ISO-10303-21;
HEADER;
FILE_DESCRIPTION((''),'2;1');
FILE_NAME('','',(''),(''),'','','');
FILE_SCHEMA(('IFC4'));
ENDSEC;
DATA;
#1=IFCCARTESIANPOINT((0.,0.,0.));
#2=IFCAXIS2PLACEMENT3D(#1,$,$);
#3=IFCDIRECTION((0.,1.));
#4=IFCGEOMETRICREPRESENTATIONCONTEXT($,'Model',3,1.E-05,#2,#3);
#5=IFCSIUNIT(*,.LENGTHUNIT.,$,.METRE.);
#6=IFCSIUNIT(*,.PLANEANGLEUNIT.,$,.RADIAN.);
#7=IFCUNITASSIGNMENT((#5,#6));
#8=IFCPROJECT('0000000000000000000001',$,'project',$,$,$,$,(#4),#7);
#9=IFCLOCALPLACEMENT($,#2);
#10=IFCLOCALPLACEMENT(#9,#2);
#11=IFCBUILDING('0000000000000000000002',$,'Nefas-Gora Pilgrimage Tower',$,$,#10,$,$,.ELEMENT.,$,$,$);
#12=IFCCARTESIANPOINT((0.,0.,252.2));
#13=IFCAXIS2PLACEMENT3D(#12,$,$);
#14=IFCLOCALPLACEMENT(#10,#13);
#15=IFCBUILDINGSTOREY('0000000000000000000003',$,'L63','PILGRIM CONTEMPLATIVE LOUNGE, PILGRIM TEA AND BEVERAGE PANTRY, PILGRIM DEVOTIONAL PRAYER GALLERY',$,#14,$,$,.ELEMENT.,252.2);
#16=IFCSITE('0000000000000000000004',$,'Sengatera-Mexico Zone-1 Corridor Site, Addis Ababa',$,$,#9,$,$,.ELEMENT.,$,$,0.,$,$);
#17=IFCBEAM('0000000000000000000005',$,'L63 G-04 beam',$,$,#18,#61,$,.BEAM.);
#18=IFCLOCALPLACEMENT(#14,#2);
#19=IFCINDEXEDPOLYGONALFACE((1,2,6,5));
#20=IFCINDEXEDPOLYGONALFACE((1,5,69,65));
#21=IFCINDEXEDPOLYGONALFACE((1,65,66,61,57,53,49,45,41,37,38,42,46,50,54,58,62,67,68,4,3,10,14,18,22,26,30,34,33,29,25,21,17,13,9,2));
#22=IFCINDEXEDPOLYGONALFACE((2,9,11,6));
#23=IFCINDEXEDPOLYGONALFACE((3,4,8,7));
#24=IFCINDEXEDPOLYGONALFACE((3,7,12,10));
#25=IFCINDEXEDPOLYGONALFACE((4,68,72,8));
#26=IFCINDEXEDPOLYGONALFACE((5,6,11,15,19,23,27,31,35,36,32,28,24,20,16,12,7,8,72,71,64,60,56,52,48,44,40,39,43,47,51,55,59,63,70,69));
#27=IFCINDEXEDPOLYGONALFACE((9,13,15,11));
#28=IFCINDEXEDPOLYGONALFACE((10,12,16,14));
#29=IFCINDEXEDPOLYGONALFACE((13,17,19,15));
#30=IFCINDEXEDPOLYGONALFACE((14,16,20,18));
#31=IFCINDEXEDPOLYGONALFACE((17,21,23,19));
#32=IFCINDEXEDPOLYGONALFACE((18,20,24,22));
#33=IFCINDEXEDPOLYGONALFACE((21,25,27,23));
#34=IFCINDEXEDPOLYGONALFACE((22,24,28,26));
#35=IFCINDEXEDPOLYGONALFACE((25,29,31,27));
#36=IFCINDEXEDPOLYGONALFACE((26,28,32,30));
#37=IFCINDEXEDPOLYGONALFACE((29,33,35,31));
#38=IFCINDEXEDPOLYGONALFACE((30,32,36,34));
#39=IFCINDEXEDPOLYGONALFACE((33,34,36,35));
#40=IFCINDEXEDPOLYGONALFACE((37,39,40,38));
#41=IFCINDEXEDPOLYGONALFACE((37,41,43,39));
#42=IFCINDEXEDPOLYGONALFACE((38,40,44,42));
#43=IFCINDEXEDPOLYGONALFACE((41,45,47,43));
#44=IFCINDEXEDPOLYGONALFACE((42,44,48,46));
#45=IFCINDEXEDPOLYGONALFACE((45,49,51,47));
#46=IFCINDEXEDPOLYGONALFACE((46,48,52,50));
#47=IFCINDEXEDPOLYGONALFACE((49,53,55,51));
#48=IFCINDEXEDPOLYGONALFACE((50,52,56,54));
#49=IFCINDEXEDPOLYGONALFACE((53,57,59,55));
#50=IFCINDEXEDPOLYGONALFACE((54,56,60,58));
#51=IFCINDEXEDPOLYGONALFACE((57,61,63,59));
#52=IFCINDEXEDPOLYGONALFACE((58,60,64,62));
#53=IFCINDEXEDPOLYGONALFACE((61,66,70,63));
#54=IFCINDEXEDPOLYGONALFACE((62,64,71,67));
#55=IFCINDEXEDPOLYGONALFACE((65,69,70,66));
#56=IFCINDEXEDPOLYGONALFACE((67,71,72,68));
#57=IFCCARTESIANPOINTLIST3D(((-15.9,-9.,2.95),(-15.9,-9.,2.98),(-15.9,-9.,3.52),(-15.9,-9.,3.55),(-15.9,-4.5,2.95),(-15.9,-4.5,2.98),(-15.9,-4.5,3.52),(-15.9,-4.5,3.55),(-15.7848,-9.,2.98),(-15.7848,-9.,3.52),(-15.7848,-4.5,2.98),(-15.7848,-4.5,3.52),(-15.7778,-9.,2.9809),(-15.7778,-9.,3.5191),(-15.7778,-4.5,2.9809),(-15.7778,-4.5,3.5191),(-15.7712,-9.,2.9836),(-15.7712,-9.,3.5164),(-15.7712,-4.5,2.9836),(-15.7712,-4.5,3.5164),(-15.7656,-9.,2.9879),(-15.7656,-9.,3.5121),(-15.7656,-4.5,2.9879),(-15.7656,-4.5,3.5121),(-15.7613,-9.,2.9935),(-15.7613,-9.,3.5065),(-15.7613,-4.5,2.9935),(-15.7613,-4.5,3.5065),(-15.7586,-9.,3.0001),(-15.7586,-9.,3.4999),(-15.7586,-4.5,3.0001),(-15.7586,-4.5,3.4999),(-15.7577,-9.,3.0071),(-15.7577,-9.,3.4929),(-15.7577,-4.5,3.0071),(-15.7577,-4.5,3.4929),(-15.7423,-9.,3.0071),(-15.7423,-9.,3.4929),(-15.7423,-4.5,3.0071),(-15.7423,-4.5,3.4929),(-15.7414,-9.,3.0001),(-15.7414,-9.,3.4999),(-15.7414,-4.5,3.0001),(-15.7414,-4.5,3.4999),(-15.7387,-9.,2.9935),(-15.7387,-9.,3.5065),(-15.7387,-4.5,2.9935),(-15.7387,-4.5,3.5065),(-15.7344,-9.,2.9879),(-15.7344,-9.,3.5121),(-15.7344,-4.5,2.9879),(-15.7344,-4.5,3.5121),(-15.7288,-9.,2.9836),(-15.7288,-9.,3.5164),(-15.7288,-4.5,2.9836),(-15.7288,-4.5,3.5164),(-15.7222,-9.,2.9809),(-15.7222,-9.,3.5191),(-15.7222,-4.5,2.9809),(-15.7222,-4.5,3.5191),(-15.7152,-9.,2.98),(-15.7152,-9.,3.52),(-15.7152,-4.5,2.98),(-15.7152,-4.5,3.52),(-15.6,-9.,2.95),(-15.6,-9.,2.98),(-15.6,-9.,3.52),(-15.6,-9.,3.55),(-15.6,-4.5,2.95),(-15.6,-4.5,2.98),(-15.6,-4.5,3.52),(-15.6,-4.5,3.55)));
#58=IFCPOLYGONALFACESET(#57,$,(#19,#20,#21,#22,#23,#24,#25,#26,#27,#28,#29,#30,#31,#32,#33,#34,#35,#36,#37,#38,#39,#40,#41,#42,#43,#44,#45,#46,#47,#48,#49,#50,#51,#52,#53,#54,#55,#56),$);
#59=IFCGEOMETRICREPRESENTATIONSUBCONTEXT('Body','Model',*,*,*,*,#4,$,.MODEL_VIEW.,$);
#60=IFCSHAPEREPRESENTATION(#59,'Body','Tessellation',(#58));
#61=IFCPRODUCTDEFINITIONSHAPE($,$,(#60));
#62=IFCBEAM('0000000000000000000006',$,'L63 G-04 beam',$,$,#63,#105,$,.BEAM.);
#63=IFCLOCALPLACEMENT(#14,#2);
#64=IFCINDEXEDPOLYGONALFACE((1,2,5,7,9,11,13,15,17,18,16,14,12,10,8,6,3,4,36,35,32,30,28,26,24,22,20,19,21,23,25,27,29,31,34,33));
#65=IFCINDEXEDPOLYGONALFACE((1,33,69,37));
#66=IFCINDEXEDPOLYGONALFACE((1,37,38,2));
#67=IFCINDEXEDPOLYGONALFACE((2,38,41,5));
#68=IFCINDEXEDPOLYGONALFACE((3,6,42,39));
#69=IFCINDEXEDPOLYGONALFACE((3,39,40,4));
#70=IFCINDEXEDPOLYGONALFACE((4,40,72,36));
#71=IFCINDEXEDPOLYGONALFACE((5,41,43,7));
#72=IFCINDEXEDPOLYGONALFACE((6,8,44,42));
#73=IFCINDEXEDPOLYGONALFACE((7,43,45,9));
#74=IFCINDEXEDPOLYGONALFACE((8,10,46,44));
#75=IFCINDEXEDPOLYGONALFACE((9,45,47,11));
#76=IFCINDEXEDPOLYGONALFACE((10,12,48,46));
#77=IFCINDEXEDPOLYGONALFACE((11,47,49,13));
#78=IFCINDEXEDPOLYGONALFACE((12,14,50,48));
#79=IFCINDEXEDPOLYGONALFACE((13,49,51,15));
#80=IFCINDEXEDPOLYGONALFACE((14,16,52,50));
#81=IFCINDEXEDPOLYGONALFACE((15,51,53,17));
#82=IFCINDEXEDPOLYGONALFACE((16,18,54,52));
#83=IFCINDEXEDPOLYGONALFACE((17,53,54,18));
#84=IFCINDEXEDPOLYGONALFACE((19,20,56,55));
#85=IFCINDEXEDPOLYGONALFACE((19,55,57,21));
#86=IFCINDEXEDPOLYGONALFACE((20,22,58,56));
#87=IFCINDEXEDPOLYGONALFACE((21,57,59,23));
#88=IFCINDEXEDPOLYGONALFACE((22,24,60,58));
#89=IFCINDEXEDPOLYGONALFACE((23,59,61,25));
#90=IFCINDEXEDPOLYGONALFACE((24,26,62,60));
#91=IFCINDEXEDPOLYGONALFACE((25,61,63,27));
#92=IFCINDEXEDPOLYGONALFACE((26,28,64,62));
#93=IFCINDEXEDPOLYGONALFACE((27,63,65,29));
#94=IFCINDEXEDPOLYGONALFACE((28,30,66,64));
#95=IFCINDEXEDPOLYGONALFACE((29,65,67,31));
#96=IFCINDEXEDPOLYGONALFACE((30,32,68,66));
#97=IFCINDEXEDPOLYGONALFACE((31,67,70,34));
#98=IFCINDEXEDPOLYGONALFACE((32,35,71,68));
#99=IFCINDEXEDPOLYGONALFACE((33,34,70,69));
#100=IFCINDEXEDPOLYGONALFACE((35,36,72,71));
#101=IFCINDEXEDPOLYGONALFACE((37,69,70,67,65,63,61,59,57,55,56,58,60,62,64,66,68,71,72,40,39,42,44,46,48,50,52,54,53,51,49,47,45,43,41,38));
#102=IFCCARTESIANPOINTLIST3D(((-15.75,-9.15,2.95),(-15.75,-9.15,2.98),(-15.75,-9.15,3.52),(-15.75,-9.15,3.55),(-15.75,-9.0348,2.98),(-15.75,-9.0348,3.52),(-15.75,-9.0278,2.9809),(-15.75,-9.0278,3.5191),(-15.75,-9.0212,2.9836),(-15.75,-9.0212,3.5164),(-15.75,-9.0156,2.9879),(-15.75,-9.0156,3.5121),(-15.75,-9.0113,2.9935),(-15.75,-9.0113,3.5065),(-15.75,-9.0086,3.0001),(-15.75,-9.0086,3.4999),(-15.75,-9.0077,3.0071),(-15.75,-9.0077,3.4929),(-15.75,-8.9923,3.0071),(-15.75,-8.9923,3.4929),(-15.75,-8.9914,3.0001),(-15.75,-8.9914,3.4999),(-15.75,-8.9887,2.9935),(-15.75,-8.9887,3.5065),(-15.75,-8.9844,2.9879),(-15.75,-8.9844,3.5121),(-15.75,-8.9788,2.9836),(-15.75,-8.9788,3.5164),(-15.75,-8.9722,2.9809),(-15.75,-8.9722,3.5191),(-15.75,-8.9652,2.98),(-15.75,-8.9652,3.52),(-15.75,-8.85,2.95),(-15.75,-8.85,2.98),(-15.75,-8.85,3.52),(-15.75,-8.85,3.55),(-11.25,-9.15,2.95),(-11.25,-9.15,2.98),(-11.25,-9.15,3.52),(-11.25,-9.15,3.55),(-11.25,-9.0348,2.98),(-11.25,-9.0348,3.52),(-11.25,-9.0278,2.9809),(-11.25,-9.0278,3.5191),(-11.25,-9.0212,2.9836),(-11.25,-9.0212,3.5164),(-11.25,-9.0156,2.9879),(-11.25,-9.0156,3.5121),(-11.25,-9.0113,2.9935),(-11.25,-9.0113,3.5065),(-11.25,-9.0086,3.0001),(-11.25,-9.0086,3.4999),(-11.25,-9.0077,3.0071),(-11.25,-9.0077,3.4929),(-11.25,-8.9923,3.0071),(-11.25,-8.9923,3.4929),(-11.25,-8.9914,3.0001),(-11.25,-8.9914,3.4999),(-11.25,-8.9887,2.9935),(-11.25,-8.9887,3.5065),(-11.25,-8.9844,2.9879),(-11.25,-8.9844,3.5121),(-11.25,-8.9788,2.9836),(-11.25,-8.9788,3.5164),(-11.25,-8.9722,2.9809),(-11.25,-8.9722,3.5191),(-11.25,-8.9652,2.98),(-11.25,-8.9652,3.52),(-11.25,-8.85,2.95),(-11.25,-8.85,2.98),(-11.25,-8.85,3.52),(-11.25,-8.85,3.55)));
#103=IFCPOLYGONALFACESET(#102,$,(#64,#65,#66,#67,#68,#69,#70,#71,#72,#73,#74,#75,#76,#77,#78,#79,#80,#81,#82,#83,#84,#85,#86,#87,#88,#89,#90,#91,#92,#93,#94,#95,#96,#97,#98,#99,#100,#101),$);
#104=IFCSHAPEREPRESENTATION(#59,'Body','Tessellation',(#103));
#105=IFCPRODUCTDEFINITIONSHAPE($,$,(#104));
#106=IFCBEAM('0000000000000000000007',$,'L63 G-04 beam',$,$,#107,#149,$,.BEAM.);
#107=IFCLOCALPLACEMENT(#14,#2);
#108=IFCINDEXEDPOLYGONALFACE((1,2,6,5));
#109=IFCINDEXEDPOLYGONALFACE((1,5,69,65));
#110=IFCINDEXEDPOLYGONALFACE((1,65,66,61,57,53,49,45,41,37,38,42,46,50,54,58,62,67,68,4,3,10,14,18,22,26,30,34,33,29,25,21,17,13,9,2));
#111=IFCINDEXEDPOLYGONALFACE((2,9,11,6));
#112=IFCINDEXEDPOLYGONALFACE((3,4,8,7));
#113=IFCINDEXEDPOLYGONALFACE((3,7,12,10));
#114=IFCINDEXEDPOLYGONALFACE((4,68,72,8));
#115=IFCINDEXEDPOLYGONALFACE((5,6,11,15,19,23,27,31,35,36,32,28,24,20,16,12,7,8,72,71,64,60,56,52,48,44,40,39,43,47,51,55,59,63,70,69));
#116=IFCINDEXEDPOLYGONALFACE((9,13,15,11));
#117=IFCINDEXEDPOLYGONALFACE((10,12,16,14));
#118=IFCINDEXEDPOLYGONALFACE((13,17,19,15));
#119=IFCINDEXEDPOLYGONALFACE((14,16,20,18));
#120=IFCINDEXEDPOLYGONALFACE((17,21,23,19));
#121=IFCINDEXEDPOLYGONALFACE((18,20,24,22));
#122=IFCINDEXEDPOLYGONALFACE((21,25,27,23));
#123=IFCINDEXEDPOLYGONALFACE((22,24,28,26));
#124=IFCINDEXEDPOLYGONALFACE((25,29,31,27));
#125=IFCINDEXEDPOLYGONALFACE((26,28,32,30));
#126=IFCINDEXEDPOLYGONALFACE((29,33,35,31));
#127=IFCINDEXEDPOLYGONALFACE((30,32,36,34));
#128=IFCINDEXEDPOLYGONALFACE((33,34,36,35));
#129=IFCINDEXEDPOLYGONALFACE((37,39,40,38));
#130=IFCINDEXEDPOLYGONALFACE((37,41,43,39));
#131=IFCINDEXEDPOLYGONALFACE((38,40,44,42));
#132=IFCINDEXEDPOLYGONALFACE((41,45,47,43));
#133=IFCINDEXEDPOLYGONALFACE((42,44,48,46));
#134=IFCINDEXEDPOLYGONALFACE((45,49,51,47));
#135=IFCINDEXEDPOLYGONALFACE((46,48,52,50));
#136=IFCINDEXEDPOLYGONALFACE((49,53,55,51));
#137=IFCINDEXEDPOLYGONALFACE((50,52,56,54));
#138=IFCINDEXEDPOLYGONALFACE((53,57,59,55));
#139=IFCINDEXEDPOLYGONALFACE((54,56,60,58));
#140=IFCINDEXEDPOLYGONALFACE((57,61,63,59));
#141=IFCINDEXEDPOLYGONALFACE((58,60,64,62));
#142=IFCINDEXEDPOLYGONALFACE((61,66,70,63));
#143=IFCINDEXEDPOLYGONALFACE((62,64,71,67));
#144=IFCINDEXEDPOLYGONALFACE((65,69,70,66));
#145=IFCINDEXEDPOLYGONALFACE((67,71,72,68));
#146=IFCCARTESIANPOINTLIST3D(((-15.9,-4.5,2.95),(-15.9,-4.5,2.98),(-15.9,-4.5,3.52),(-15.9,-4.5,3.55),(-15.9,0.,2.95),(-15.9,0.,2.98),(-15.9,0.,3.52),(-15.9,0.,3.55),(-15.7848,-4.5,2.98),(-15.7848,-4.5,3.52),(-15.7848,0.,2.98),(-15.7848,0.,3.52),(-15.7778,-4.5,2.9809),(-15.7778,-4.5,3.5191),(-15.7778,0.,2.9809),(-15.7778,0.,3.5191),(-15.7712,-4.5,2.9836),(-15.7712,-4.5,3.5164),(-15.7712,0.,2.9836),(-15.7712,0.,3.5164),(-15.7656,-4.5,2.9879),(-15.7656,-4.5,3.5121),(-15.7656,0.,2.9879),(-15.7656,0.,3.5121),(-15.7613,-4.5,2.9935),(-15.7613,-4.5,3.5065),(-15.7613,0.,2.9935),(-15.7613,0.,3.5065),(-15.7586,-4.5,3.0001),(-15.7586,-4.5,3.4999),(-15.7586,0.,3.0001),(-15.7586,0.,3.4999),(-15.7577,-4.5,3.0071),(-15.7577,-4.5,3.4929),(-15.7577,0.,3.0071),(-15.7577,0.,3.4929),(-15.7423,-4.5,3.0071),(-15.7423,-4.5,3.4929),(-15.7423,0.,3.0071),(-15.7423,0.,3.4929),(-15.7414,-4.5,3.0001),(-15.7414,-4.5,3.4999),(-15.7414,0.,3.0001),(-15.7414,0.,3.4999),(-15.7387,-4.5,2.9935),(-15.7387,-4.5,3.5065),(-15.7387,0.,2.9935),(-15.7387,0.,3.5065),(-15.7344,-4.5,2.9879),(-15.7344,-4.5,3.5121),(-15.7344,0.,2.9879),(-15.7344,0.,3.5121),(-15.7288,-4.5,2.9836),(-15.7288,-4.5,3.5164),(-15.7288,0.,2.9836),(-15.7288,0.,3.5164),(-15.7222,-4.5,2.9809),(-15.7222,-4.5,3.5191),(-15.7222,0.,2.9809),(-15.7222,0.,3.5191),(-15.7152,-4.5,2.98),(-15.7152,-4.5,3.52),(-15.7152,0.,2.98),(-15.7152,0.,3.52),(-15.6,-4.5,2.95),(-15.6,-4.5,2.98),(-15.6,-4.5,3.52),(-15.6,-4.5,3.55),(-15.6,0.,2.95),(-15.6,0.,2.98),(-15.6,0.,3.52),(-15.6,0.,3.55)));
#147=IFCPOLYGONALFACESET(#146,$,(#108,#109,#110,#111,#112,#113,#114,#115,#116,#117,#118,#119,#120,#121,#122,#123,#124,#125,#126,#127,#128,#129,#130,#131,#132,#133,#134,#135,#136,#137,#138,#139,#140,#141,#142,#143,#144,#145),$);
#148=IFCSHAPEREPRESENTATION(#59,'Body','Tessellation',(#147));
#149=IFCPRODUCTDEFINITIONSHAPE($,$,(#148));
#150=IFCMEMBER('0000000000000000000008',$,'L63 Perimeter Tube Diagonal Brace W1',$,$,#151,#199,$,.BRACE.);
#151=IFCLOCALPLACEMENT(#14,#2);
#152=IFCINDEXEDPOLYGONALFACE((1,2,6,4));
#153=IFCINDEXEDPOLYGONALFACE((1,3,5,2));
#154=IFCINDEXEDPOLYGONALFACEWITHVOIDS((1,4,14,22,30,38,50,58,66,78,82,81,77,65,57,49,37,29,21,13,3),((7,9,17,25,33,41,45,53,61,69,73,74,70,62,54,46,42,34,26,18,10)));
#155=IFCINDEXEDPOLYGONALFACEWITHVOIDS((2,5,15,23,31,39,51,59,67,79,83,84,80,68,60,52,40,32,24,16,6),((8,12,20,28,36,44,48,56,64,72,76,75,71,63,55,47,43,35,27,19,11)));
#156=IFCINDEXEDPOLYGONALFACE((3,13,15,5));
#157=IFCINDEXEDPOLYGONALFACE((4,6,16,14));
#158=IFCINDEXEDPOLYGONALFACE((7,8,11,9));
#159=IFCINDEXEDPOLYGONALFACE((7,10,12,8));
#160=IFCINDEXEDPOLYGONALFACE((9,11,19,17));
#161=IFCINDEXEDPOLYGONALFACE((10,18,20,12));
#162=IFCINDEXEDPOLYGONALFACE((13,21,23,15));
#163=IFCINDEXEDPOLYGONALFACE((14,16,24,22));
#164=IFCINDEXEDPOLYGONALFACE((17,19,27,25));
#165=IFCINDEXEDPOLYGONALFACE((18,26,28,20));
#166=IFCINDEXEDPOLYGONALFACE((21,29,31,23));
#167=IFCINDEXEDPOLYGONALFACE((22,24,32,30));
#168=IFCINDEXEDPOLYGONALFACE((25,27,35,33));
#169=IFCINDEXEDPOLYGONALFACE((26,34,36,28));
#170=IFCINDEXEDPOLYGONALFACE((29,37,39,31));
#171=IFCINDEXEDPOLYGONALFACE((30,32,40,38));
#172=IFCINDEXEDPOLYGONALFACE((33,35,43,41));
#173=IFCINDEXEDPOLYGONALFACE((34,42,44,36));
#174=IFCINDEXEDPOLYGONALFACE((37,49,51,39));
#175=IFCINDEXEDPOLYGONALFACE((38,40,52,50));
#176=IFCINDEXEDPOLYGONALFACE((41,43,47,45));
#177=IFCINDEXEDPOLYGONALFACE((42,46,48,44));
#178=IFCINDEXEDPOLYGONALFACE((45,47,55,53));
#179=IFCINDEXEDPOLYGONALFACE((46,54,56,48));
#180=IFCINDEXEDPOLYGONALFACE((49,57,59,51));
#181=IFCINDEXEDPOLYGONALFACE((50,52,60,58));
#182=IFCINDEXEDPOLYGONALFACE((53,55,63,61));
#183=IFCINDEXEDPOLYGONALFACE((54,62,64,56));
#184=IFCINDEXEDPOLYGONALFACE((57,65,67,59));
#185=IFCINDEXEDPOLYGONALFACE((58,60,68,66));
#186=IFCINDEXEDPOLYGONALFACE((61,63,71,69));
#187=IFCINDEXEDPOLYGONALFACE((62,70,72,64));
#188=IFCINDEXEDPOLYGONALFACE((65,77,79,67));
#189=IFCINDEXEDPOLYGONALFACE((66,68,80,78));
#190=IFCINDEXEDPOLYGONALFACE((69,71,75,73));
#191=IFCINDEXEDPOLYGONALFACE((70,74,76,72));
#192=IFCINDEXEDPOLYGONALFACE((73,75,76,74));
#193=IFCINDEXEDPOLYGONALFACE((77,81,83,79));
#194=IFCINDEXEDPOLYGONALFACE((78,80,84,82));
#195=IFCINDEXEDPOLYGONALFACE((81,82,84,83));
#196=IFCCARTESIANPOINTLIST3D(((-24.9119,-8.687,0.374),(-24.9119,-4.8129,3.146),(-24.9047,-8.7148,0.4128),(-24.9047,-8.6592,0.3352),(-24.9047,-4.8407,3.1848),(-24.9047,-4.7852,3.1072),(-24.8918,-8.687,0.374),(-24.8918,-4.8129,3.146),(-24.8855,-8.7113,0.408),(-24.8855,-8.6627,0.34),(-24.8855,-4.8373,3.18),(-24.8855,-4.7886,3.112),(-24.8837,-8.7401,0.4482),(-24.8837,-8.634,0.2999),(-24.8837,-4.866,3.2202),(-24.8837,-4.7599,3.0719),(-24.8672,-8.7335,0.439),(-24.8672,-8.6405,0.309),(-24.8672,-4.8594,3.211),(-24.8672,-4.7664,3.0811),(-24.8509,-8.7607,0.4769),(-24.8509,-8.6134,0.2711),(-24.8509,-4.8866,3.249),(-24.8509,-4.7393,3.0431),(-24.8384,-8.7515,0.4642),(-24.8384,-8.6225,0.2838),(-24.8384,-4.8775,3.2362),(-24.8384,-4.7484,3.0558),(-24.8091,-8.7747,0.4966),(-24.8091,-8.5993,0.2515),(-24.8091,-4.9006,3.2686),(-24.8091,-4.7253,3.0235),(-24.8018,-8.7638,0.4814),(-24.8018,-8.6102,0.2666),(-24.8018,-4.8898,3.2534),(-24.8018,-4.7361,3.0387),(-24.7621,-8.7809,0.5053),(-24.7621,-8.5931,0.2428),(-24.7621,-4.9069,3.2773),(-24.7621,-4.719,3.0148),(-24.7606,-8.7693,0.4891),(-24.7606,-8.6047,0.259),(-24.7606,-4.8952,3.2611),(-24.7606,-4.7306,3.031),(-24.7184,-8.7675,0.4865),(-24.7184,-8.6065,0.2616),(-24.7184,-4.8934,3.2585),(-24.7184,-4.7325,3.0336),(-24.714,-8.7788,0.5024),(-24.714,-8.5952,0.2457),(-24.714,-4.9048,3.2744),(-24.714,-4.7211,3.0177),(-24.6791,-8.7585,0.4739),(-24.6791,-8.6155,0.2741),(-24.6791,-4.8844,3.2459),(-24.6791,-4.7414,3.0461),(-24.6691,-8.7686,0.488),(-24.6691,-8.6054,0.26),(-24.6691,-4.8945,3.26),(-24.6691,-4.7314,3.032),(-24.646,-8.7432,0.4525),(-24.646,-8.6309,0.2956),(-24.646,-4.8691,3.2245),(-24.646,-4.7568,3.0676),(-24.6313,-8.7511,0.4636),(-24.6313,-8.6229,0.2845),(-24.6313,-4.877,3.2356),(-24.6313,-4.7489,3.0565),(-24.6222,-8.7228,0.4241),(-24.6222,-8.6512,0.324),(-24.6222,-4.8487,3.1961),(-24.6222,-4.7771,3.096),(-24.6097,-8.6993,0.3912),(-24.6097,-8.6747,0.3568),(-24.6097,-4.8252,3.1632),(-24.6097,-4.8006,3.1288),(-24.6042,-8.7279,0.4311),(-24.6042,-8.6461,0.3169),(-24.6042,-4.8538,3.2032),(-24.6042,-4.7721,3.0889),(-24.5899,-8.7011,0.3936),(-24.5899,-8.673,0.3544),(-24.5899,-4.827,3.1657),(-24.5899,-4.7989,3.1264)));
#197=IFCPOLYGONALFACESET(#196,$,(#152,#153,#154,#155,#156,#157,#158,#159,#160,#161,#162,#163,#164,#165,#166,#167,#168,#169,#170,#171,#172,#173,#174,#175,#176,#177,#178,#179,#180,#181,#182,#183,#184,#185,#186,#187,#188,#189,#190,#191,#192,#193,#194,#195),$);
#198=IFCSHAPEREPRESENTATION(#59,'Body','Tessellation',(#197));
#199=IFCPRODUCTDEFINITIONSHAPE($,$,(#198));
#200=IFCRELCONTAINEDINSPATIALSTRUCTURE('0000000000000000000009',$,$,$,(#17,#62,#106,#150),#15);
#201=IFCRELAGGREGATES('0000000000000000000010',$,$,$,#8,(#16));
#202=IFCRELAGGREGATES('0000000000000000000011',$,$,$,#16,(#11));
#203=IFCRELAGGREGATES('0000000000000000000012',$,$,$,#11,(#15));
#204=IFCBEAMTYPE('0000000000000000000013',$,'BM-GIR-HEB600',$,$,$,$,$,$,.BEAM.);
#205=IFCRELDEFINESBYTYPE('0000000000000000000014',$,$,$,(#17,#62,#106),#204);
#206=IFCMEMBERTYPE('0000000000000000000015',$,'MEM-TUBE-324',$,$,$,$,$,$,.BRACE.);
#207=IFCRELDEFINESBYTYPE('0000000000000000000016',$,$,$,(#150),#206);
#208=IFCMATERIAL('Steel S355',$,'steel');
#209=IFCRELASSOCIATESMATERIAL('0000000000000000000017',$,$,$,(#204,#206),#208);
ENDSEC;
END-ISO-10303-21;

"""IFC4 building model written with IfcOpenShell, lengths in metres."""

from ifc_helpers import new_model, si_unit, direction, frame, origin, origin_2d, place, context, subcontext, project, spatial, hollow_circle, i_section, extrude, source, transform, mapped, material, material_profile, profile_set, type_object, element, save


model = new_model("IFC4")

# Units and contexts
model_context = context("Model", 3, precision=1e-05, world=origin(), true_north=direction((0.0, 1.0)))
body_context = subcontext(model_context, "Body", "Model", "MODEL_VIEW")
ifc_project = project(units=[si_unit("LENGTHUNIT", "METRE"), si_unit("PLANEANGLEUNIT", "RADIAN")], contexts=[model_context])

# Site, building, storey
site_placement = place(None, origin())
site = spatial("IfcSite", under=ifc_project, at=site_placement, Name="Sengatera-Mexico Zone-1 Corridor Site, Addis Ababa", CompositionType="ELEMENT", RefElevation=0.0)
building_placement = place(site_placement, origin())
building = spatial("IfcBuilding", under=site, at=building_placement, Name="Nefas-Gora Pilgrimage Tower", CompositionType="ELEMENT")
storey_placement = place(building_placement, frame((0.0, 0.0, 252.2)))
storey = spatial("IfcBuildingStorey", under=building, at=storey_placement, Name="L63", Description="PILGRIM CONTEMPLATIVE LOUNGE, PILGRIM TEA AND BEVERAGE PANTRY, PILGRIM DEVOTIONAL PRAYER GALLERY", CompositionType="ELEMENT", Elevation=252.2)

# Beams
ifc_material_1 = material(Name="Steel S355", Category="steel")
ifc_material_profile_1 = material_profile(ifc_material_1, i_section(OverallWidth=0.3, OverallDepth=0.6001, WebThickness=0.0154, FlangeThickness=0.03, FilletRadius=0.0271, at=origin_2d()), Name="HEB 600")
ifc_profile_set_1 = profile_set([ifc_material_profile_1], Name="Steel S355")
beam_type_1 = type_object("IfcBeamType", Name="BM-GIR-HEB600", PredefinedType="BEAM", material=ifc_profile_set_1)
shared_shape_1 = source(origin(), body_context, "Body", "SweptSolid", [
    extrude(i_section(OverallWidth=0.3, OverallDepth=0.6001, WebThickness=0.0154, FlangeThickness=0.03, FilletRadius=0.0271, at=origin_2d()), origin(), (0.0, 0.0, 1.0), 4.5),
])
for number, where, z_axis, x_axis, name in (
    (1, (-15.75, -9.0, 3.25), (0.0, 1.0, 0.0), (-1.0, 0.0, 0.0), "L63 G-04 beam"),
    (2, (-15.75, -9.0, 3.25), (1.0, 0.0, 0.0), (0.0, 1.0, 0.0), "L63 G-04 beam"),
    (3, (-15.75, -4.5, 3.25), (0.0, 1.0, 0.0), (-1.0, 0.0, 0.0), "L63 G-04 beam"),
):
    element("IfcBeam", number, at=place(storey_placement, frame(where, z_axis=z_axis, x_axis=x_axis)), inside=storey, type_object=beam_type_1, Name=name, PredefinedType="BEAM", context=body_context, shape_type="MappedRepresentation", body=[
        mapped(shared_shape_1, transform((0.0, 0.0, 0.0), x_axis=(1.0, 0.0, 0.0), y_axis=(0.0, 1.0, 0.0), z_axis=(0.0, 0.0, 1.0), scale=1.0)),
    ])

# Member
ifc_material_profile_2 = material_profile(ifc_material_1, hollow_circle(Radius=0.1619, WallThickness=0.02, at=origin_2d()), Name="CHS 323.9x20")
ifc_profile_set_2 = profile_set([ifc_material_profile_2], Name="Steel S355")
member_type_1 = type_object("IfcMemberType", Name="MEM-TUBE-324", PredefinedType="BRACE", material=ifc_profile_set_2)
shared_shape_2 = source(origin(), body_context, "Body", "SweptSolid", [
    extrude(hollow_circle(Radius=0.1619, WallThickness=0.02, at=origin_2d()), origin(), (0.0, 0.0, 1.0), 4.7637),
])
member_1_placement = place(storey_placement, frame((-24.75, -8.687, 0.374), z_axis=(0.0, 0.813255, 0.581907), x_axis=(-1.0, 0.0, 0.0)))
element("IfcMember", 4, at=member_1_placement, inside=storey, type_object=member_type_1, Name="L63 Perimeter Tube Diagonal Brace W1", PredefinedType="BRACE", context=body_context, shape_type="MappedRepresentation", body=[
    mapped(shared_shape_2, transform((0.0, 0.0, 0.0), x_axis=(1.0, 0.0, 0.0), y_axis=(0.0, 1.0, 0.0), z_axis=(0.0, 0.0, 1.0), scale=1.0)),
])

save(model, "model.ifc")
